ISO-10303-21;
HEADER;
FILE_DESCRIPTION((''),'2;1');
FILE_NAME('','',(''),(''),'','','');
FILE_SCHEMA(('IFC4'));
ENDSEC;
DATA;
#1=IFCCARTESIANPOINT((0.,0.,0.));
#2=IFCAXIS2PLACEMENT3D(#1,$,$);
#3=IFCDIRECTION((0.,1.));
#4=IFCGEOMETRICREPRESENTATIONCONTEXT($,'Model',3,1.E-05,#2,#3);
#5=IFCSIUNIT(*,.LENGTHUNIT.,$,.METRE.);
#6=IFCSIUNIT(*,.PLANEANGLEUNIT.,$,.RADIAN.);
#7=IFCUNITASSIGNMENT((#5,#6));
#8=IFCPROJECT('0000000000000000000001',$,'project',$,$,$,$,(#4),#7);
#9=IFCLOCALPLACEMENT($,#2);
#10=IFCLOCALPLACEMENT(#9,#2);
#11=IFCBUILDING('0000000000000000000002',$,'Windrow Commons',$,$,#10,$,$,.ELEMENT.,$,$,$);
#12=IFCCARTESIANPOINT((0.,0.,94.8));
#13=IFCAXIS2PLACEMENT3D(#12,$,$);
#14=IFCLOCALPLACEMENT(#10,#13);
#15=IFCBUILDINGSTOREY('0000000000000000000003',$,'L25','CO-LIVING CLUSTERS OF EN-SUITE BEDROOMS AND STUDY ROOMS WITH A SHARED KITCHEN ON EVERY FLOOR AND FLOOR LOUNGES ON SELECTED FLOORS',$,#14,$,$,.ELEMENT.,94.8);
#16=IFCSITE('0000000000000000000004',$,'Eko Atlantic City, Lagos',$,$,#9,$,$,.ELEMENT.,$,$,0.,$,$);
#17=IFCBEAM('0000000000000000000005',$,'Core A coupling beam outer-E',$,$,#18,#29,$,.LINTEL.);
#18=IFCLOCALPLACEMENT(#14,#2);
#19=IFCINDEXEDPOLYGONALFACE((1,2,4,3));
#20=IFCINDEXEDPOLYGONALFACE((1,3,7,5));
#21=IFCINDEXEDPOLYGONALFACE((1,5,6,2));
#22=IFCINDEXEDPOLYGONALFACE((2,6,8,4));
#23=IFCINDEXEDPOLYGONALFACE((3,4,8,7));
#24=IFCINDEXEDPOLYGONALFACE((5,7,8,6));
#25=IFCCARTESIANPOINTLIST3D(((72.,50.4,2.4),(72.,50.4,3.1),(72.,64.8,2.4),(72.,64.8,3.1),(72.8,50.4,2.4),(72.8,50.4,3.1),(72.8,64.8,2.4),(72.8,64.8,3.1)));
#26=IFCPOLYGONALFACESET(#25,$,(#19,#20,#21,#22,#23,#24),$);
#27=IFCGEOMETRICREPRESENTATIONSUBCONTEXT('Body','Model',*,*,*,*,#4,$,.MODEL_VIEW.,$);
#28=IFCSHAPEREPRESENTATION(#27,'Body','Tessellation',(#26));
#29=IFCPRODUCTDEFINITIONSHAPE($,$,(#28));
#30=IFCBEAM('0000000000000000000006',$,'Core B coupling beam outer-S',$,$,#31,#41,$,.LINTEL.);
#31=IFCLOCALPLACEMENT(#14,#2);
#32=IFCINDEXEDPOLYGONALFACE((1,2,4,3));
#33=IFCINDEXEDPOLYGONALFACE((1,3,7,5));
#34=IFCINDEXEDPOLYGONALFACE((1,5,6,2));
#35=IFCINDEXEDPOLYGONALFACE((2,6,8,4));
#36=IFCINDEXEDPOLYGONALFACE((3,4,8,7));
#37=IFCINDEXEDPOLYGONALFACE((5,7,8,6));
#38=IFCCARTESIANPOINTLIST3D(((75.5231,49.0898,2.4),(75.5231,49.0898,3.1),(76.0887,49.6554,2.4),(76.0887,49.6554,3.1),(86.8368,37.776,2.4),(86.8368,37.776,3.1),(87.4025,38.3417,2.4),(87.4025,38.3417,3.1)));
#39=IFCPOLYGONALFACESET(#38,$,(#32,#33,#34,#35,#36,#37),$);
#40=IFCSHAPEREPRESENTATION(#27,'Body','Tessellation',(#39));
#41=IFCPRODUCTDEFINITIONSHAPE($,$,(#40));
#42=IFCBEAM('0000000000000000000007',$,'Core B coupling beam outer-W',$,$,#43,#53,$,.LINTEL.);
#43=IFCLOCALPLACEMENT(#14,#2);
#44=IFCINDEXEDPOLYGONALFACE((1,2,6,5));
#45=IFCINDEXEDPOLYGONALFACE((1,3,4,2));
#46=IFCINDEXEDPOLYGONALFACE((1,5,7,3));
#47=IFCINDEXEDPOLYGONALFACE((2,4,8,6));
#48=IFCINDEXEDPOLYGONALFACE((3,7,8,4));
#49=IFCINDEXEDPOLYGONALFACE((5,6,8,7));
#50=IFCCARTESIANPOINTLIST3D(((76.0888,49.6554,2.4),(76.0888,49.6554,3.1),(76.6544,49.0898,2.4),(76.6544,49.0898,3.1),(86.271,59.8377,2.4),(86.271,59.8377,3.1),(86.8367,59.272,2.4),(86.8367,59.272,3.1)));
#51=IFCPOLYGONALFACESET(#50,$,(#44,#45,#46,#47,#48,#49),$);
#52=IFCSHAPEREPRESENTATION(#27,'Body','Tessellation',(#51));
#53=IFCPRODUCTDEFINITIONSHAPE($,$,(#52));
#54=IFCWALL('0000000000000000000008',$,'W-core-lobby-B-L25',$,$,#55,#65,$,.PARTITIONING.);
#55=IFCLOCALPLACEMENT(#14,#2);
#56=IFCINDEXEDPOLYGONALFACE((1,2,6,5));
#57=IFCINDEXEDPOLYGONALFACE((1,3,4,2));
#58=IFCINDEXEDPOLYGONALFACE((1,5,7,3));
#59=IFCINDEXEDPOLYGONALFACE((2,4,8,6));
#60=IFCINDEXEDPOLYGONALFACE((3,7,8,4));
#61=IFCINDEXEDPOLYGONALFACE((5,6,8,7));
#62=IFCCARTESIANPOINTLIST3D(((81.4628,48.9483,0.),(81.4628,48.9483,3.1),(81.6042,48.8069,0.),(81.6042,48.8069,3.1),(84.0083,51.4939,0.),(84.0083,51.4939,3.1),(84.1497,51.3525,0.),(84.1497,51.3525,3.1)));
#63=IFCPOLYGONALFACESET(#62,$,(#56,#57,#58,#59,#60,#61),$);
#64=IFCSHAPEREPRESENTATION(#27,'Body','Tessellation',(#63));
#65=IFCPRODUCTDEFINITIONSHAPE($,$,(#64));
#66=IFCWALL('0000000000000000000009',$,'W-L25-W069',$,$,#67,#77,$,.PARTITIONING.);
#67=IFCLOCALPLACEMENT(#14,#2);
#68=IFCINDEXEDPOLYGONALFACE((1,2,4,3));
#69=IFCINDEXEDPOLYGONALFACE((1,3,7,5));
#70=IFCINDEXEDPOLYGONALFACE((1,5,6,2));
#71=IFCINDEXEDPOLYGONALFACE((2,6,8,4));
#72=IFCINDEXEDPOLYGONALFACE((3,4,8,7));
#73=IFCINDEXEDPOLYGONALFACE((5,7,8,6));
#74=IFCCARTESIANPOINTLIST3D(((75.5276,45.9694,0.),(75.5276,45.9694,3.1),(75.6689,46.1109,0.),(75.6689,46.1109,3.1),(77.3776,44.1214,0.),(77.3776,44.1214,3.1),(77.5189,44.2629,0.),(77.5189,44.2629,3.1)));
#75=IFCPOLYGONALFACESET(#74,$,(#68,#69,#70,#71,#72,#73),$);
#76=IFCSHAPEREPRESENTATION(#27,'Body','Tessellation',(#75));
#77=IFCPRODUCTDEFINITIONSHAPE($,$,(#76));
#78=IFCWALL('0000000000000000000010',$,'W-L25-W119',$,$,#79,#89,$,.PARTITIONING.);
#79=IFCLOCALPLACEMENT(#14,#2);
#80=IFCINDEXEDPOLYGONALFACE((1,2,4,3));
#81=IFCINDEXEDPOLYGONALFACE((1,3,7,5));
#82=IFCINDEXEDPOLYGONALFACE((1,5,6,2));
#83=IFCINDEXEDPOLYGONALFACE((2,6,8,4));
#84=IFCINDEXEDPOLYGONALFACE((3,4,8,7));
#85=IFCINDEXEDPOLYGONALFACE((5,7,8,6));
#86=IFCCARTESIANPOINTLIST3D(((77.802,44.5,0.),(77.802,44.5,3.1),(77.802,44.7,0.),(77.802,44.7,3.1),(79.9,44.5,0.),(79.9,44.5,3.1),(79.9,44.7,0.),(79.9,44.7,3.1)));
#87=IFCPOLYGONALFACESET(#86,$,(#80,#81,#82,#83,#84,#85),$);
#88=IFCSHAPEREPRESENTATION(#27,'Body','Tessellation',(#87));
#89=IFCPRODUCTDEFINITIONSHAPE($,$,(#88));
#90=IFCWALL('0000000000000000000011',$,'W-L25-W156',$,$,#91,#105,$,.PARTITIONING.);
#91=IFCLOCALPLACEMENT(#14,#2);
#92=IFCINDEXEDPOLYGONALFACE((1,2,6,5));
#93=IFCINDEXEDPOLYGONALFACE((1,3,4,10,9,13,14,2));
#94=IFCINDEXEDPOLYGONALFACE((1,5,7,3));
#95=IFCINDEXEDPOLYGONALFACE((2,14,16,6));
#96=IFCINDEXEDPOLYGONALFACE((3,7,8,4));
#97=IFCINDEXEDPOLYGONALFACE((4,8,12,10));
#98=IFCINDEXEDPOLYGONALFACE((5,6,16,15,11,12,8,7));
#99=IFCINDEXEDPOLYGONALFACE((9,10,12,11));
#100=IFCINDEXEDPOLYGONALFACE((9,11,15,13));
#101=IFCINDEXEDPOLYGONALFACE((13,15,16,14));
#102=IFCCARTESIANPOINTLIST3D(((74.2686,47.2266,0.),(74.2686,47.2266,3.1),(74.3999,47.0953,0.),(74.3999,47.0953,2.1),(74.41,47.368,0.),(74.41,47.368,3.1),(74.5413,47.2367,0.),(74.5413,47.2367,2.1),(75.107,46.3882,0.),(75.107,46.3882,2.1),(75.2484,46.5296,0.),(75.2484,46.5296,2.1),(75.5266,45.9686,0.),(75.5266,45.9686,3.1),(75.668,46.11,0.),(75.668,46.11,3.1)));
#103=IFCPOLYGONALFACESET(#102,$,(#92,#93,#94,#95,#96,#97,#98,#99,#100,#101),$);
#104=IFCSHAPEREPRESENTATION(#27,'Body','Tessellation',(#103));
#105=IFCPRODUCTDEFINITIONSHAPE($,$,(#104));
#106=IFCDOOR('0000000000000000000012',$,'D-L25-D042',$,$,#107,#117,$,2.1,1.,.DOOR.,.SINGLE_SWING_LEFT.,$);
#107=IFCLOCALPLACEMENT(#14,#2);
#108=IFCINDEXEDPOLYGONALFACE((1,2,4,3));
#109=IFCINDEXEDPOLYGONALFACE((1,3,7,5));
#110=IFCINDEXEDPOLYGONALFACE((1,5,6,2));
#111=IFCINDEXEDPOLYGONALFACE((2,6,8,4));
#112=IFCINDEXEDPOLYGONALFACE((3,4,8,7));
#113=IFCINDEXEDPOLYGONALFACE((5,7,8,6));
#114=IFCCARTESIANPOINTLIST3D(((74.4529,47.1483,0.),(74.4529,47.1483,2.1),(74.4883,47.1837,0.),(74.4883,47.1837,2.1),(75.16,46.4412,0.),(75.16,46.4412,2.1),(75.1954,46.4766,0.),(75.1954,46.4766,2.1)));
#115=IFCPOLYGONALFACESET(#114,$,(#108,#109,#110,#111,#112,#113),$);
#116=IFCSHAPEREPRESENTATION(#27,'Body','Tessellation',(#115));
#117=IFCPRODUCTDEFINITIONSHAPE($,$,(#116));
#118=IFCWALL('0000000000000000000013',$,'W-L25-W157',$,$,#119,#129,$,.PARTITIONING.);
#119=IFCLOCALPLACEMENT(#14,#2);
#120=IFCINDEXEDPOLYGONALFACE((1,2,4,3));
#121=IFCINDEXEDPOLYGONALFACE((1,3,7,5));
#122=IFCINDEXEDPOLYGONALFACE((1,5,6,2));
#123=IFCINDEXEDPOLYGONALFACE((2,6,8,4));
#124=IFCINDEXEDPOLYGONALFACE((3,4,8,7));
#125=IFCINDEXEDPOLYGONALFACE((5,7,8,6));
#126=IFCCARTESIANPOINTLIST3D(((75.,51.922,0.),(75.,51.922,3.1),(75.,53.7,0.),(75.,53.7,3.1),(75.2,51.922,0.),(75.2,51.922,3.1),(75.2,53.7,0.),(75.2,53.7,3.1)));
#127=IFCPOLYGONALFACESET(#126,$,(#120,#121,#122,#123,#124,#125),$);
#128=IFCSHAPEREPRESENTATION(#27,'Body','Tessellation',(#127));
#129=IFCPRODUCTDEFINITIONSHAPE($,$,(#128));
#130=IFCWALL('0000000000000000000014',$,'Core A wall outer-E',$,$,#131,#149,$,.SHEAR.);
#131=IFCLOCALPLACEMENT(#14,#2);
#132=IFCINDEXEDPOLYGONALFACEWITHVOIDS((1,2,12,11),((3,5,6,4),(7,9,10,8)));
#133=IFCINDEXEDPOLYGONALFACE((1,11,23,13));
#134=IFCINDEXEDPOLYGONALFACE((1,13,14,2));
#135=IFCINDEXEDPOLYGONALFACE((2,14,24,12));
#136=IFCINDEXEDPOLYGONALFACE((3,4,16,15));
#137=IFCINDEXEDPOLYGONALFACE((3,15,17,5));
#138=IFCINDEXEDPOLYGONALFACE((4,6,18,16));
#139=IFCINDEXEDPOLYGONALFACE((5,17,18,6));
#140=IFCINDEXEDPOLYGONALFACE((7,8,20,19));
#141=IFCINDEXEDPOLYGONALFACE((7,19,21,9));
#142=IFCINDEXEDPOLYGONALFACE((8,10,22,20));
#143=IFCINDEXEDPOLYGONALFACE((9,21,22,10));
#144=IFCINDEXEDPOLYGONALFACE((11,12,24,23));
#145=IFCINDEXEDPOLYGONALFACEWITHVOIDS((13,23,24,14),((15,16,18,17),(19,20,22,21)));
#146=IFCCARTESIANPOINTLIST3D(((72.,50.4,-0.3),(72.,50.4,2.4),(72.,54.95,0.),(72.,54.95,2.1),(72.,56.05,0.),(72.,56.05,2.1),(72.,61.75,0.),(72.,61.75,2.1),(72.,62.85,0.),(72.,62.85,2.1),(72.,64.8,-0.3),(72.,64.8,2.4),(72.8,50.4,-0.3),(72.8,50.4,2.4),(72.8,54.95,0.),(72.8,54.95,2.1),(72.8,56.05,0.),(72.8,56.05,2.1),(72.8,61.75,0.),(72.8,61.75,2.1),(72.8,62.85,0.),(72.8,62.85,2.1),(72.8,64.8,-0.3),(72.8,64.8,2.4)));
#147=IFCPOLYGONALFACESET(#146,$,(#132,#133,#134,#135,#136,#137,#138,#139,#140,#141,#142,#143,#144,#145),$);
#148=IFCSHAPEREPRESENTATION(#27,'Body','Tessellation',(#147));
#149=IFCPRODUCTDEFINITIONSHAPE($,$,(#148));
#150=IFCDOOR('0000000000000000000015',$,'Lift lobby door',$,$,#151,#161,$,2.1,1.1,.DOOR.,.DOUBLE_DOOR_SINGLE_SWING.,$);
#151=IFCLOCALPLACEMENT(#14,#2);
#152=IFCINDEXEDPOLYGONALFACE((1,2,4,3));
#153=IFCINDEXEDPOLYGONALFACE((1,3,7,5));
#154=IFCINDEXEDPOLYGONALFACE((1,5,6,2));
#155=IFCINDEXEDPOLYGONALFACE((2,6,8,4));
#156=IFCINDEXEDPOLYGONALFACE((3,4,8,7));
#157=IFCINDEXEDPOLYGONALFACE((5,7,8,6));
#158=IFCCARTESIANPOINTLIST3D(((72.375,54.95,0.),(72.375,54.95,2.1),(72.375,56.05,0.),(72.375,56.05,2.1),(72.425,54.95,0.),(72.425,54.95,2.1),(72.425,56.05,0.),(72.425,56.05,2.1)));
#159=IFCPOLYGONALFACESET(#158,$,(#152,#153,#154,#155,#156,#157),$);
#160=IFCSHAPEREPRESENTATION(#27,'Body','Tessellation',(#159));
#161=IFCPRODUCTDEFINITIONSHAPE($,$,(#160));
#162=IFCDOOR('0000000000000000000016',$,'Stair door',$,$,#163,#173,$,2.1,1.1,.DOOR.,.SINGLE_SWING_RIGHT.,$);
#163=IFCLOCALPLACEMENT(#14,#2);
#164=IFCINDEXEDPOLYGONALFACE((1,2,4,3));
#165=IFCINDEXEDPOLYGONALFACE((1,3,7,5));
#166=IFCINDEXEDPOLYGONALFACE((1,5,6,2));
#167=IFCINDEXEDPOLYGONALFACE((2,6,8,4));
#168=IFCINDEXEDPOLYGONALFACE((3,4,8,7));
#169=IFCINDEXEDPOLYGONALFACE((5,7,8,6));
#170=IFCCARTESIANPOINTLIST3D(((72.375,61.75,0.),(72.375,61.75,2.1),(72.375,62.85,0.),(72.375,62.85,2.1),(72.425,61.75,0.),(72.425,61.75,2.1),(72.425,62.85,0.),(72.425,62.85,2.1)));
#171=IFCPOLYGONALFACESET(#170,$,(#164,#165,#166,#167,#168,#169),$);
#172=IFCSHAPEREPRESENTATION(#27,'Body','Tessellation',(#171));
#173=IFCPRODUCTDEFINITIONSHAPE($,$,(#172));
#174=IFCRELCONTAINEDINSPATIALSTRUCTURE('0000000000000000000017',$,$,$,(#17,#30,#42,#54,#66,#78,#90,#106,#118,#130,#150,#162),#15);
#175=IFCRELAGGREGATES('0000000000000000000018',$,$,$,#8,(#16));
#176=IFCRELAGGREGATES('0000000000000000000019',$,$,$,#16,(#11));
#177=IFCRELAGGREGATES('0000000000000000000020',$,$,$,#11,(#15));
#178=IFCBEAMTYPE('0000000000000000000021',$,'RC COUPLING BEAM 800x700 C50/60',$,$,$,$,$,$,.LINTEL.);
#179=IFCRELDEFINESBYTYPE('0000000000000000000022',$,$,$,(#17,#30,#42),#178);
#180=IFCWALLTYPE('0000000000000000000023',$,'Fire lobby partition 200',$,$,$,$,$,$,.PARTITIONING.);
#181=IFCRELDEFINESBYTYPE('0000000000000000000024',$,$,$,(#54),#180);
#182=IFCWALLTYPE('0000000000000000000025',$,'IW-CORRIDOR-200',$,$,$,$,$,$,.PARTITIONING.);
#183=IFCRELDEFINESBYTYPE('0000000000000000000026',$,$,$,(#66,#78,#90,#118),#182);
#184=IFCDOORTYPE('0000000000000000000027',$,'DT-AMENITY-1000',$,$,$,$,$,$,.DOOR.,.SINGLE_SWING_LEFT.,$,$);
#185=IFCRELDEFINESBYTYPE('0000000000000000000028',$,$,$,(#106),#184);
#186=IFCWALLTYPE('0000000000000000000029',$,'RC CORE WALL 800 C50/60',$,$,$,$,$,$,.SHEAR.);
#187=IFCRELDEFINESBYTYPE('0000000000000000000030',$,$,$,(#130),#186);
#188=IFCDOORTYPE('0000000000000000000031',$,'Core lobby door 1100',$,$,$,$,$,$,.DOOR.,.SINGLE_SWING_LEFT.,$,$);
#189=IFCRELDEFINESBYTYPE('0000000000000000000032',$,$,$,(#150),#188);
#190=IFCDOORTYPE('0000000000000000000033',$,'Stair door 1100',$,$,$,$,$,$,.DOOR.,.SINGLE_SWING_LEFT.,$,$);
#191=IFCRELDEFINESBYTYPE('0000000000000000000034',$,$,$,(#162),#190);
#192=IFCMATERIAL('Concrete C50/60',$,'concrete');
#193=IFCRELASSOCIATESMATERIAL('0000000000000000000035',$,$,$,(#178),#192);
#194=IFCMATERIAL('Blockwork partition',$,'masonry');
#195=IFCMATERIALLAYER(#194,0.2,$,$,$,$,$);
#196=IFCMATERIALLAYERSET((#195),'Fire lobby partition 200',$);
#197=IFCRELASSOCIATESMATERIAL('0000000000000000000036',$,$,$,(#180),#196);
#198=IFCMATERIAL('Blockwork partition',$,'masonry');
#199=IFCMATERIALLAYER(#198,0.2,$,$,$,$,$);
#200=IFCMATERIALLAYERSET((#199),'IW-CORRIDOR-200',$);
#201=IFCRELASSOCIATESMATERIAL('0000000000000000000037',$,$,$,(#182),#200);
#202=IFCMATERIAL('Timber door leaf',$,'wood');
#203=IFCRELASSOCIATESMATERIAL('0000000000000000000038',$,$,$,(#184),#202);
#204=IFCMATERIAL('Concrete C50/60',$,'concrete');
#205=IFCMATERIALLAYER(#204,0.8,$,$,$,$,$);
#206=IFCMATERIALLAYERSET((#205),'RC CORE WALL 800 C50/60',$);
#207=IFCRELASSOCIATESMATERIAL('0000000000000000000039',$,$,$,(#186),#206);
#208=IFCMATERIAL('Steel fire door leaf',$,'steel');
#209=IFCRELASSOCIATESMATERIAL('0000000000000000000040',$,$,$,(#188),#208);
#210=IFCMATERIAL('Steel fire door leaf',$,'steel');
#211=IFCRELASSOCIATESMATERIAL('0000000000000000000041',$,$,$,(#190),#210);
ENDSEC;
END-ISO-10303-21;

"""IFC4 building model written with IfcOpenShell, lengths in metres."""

from ifc_helpers import new_model, si_unit, direction, frame, frame_2d, origin, origin_2d, place, context, subcontext, project, spatial, rectangle, extrude, material, layer, layer_set, material_profile, profile_set, type_object, element, fill, save


model = new_model("IFC4")

# Units and contexts
model_context = context("Model", 3, precision=1e-05, world=origin(), true_north=direction((0.0, 1.0)))
body_context = subcontext(model_context, "Body", "Model", "MODEL_VIEW")
ifc_project = project(units=[si_unit("LENGTHUNIT", "METRE"), si_unit("PLANEANGLEUNIT", "RADIAN")], contexts=[model_context])

# Site, building, storey
site_placement = place(None, origin())
site = spatial("IfcSite", under=ifc_project, at=site_placement, Name="Eko Atlantic City, Lagos", CompositionType="ELEMENT", RefElevation=0.0)
building_placement = place(site_placement, origin())
building = spatial("IfcBuilding", under=site, at=building_placement, Name="Windrow Commons", CompositionType="ELEMENT")
storey_placement = place(building_placement, frame((0.0, 0.0, 94.8)))
storey = spatial("IfcBuildingStorey", under=building, at=storey_placement, Name="L25", Description="CO-LIVING CLUSTERS OF EN-SUITE BEDROOMS AND STUDY ROOMS WITH A SHARED KITCHEN ON EVERY FLOOR AND FLOOR LOUNGES ON SELECTED FLOORS", CompositionType="ELEMENT", Elevation=94.8)

# Beams
ifc_material_1 = material(Name="Concrete C50/60", Category="concrete")
ifc_material_profile = material_profile(ifc_material_1, rectangle(XDim=0.8, YDim=0.7, at=origin_2d()))
ifc_profile_set = profile_set([ifc_material_profile], Name="Concrete C50/60")
beam_type = type_object("IfcBeamType", Name="RC COUPLING BEAM 800x700 C50/60", PredefinedType="LINTEL", material=ifc_profile_set)
beam_1_placement = place(storey_placement, frame((72.4, 50.4, 2.75), z_axis=(0.0, 1.0, 0.0), x_axis=(-1.0, 0.0, 0.0)))
element("IfcBeam", 1, at=beam_1_placement, inside=storey, type_object=beam_type, Name="Core A coupling beam outer-E", PredefinedType="LINTEL", context=body_context, shape_type="SweptSolid", body=[
    extrude(rectangle(XDim=0.8, YDim=0.7, at=origin_2d()), origin(), (0.0, 0.0, 1.0), 14.4),
])
beam_2_placement = place(storey_placement, frame((75.8059, 49.3726, 2.75), z_axis=(0.707107, -0.707107, 0.0), x_axis=(0.707107, 0.707107, 0.0)))
element("IfcBeam", 2, at=beam_2_placement, inside=storey, type_object=beam_type, Name="Core B coupling beam outer-S", PredefinedType="LINTEL", context=body_context, shape_type="SweptSolid", body=[
    extrude(rectangle(XDim=0.8, YDim=0.7, at=origin_2d()), origin(), (0.0, 0.0, 1.0), 16.0),
])
beam_3_placement = place(storey_placement, frame((76.3716, 49.3726, 2.75), z_axis=(0.707107, 0.707107, 0.0), x_axis=(-0.707107, 0.707107, 0.0)))
element("IfcBeam", 3, at=beam_3_placement, inside=storey, type_object=beam_type, Name="Core B coupling beam outer-W", PredefinedType="LINTEL", context=body_context, shape_type="SweptSolid", body=[
    extrude(rectangle(XDim=0.8, YDim=0.7, at=origin_2d()), origin(), (0.0, 0.0, 1.0), 14.3999),
])

# Walls
ifc_material_2 = material(Name="Blockwork partition", Category="masonry")
ifc_layer_1 = layer(ifc_material_2, 0.2)
ifc_layer_set_1 = layer_set([ifc_layer_1], Name="Fire lobby partition 200")
wall_type_1 = type_object("IfcWallType", Name="Fire lobby partition 200", PredefinedType="PARTITIONING", material=ifc_layer_set_1)
wall_1_placement = place(storey_placement, frame((81.5335, 48.8776, 0.0), z_axis=(0.0, 0.0, 1.0), x_axis=(0.707093, 0.707121, 0.0)))
element("IfcWall", 4, at=wall_1_placement, inside=storey, type_object=wall_type_1, Name="W-core-lobby-B-L25", PredefinedType="PARTITIONING", context=body_context, shape_type="SweptSolid", body=[
    extrude(rectangle(XDim=3.6, YDim=0.2, at=frame_2d((1.8, 0.0))), origin(), (0.0, 0.0, 1.0), 3.1),
])
ifc_material_3 = material(Name="Blockwork partition", Category="masonry")
ifc_layer_2 = layer(ifc_material_3, 0.2)
ifc_layer_set_2 = layer_set([ifc_layer_2], Name="IW-CORRIDOR-200")
wall_type_2 = type_object("IfcWallType", Name="IW-CORRIDOR-200", PredefinedType="PARTITIONING", material=ifc_layer_set_2)
wall_2_placement = place(storey_placement, frame((75.5982, 46.0402, 0.0), z_axis=(0.0, 0.0, 1.0), x_axis=(0.707489, -0.706724, 0.0)))
element("IfcWall", 5, at=wall_2_placement, inside=storey, type_object=wall_type_2, Name="W-L25-W069", PredefinedType="PARTITIONING", context=body_context, shape_type="SweptSolid", body=[
    extrude(rectangle(XDim=2.6149, YDim=0.2, at=frame_2d((1.3075, 0.0))), origin(), (0.0, 0.0, 1.0), 3.1),
])
wall_3_placement = place(storey_placement, frame((77.802, 44.6, 0.0), z_axis=(0.0, 0.0, 1.0), x_axis=(1.0, 0.0, 0.0)))
element("IfcWall", 6, at=wall_3_placement, inside=storey, type_object=wall_type_2, Name="W-L25-W119", PredefinedType="PARTITIONING", context=body_context, shape_type="SweptSolid", body=[
    extrude(rectangle(XDim=2.098, YDim=0.2, at=frame_2d((1.049, 0.0))), origin(), (0.0, 0.0, 1.0), 3.1),
])

# Wall, opening, door
wall_4_placement = place(storey_placement, frame((74.3393, 47.2973, 0.0), z_axis=(0.0, 0.0, 1.0), x_axis=(0.707107, -0.707107, 0.0)))
wall_4 = element("IfcWall", 7, at=wall_4_placement, inside=storey, type_object=wall_type_2, Name="W-L25-W156", PredefinedType="PARTITIONING", context=body_context, shape_type="SweptSolid", body=[
    extrude(rectangle(XDim=1.7791, YDim=0.2, at=frame_2d((0.8895, 0.0))), origin(), (0.0, 0.0, 1.0), 3.1),
])
opening_1_placement = place(wall_4_placement, frame((0.1857, 0.0, 0.0)))
opening_1 = element("IfcOpeningElement", 8, at=opening_1_placement, cuts=wall_4, PredefinedType="OPENING", context=body_context, shape_type="SweptSolid", body=[
    extrude(rectangle(XDim=1.0, YDim=2.1, at=frame_2d((0.5, 1.05))), frame((0.0, 0.11, 0.0), z_axis=(0.0, -1.0, 0.0), x_axis=(1.0, 0.0, 0.0)), (0.0, 0.0, 1.0), 0.22),
])
ifc_material_4 = material(Name="Timber door leaf", Category="wood")
door_type_1 = type_object("IfcDoorType", Name="DT-AMENITY-1000", OperationType="SINGLE_SWING_LEFT", PredefinedType="DOOR", material=ifc_material_4)
door_1_placement = place(opening_1_placement, origin())
door_1 = element("IfcDoor", 9, at=door_1_placement, inside=storey, type_object=door_type_1, Name="D-L25-D042", OperationType="SINGLE_SWING_LEFT", OverallHeight=2.1, OverallWidth=1.0, PredefinedType="DOOR", context=body_context, shape_type="SweptSolid", body=[
    extrude(rectangle(XDim=1.0, YDim=2.1, at=frame_2d((0.5, 1.05))), frame((0.0, 0.025, 0.0), z_axis=(0.0, -1.0, 0.0), x_axis=(1.0, 0.0, 0.0)), (0.0, 0.0, 1.0), 0.05),
])
fill(opening_1, door_1)

# Wall
wall_5_placement = place(storey_placement, frame((75.1, 51.922, 0.0), z_axis=(0.0, 0.0, 1.0), x_axis=(0.0, 1.0, 0.0)))
element("IfcWall", 10, at=wall_5_placement, inside=storey, type_object=wall_type_2, Name="W-L25-W157", PredefinedType="PARTITIONING", context=body_context, shape_type="SweptSolid", body=[
    extrude(rectangle(XDim=1.778, YDim=0.2, at=frame_2d((0.889, 0.0))), origin(), (0.0, 0.0, 1.0), 3.1),
])

# Wall, openings, doors
ifc_material_5 = material(Name="Concrete C50/60", Category="concrete")
ifc_layer_3 = layer(ifc_material_5, 0.8)
ifc_layer_set_3 = layer_set([ifc_layer_3], Name="RC CORE WALL 800 C50/60")
wall_type_3 = type_object("IfcWallType", Name="RC CORE WALL 800 C50/60", PredefinedType="SHEAR", material=ifc_layer_set_3)
wall_6_placement = place(storey_placement, frame((72.4, 50.4, -0.3), z_axis=(0.0, 0.0, 1.0), x_axis=(0.0, 1.0, 0.0)))
wall_6 = element("IfcWall", 11, at=wall_6_placement, inside=storey, type_object=wall_type_3, Name="Core A wall outer-E", PredefinedType="SHEAR", context=body_context, shape_type="SweptSolid", body=[
    extrude(rectangle(XDim=14.4, YDim=0.8, at=frame_2d((7.2, 0.0))), origin(), (0.0, 0.0, 1.0), 2.7),
])
opening_2_placement = place(wall_6_placement, frame((4.55, 0.0, 0.3)))
opening_2 = element("IfcOpeningElement", 12, at=opening_2_placement, cuts=wall_6, PredefinedType="OPENING", context=body_context, shape_type="SweptSolid", body=[
    extrude(rectangle(XDim=1.1, YDim=2.1, at=frame_2d((0.55, 1.05))), frame((0.0, 0.41, 0.0), z_axis=(0.0, -1.0, 0.0), x_axis=(1.0, 0.0, 0.0)), (0.0, 0.0, 1.0), 0.82),
])
opening_3_placement = place(wall_6_placement, frame((11.35, 0.0, 0.3)))
opening_3 = element("IfcOpeningElement", 13, at=opening_3_placement, cuts=wall_6, PredefinedType="OPENING", context=body_context, shape_type="SweptSolid", body=[
    extrude(rectangle(XDim=1.1, YDim=2.1, at=frame_2d((0.55, 1.05))), frame((0.0, 0.41, 0.0), z_axis=(0.0, -1.0, 0.0), x_axis=(1.0, 0.0, 0.0)), (0.0, 0.0, 1.0), 0.82),
])
ifc_material_6 = material(Name="Steel fire door leaf", Category="steel")
door_type_2 = type_object("IfcDoorType", Name="Core lobby door 1100", OperationType="SINGLE_SWING_LEFT", PredefinedType="DOOR", material=ifc_material_6)
door_2_placement = place(opening_2_placement, origin())
door_2 = element("IfcDoor", 14, at=door_2_placement, inside=storey, type_object=door_type_2, Name="Lift lobby door", OperationType="DOUBLE_DOOR_SINGLE_SWING", OverallHeight=2.1, OverallWidth=1.1, PredefinedType="DOOR", context=body_context, shape_type="SweptSolid", body=[
    extrude(rectangle(XDim=1.1, YDim=2.1, at=frame_2d((0.55, 1.05))), frame((0.0, 0.025, 0.0), z_axis=(0.0, -1.0, 0.0), x_axis=(1.0, 0.0, 0.0)), (0.0, 0.0, 1.0), 0.05),
])
fill(opening_2, door_2)
ifc_material_7 = material(Name="Steel fire door leaf", Category="steel")
door_type_3 = type_object("IfcDoorType", Name="Stair door 1100", OperationType="SINGLE_SWING_LEFT", PredefinedType="DOOR", material=ifc_material_7)
door_3_placement = place(opening_3_placement, origin())
door_3 = element("IfcDoor", 15, at=door_3_placement, inside=storey, type_object=door_type_3, Name="Stair door", OperationType="SINGLE_SWING_RIGHT", OverallHeight=2.1, OverallWidth=1.1, PredefinedType="DOOR", context=body_context, shape_type="SweptSolid", body=[
    extrude(rectangle(XDim=1.1, YDim=2.1, at=frame_2d((0.55, 1.05))), frame((0.0, 0.025, 0.0), z_axis=(0.0, -1.0, 0.0), x_axis=(1.0, 0.0, 0.0)), (0.0, 0.0, 1.0), 0.05),
])
fill(opening_3, door_3)

save(model, "model.ifc")
